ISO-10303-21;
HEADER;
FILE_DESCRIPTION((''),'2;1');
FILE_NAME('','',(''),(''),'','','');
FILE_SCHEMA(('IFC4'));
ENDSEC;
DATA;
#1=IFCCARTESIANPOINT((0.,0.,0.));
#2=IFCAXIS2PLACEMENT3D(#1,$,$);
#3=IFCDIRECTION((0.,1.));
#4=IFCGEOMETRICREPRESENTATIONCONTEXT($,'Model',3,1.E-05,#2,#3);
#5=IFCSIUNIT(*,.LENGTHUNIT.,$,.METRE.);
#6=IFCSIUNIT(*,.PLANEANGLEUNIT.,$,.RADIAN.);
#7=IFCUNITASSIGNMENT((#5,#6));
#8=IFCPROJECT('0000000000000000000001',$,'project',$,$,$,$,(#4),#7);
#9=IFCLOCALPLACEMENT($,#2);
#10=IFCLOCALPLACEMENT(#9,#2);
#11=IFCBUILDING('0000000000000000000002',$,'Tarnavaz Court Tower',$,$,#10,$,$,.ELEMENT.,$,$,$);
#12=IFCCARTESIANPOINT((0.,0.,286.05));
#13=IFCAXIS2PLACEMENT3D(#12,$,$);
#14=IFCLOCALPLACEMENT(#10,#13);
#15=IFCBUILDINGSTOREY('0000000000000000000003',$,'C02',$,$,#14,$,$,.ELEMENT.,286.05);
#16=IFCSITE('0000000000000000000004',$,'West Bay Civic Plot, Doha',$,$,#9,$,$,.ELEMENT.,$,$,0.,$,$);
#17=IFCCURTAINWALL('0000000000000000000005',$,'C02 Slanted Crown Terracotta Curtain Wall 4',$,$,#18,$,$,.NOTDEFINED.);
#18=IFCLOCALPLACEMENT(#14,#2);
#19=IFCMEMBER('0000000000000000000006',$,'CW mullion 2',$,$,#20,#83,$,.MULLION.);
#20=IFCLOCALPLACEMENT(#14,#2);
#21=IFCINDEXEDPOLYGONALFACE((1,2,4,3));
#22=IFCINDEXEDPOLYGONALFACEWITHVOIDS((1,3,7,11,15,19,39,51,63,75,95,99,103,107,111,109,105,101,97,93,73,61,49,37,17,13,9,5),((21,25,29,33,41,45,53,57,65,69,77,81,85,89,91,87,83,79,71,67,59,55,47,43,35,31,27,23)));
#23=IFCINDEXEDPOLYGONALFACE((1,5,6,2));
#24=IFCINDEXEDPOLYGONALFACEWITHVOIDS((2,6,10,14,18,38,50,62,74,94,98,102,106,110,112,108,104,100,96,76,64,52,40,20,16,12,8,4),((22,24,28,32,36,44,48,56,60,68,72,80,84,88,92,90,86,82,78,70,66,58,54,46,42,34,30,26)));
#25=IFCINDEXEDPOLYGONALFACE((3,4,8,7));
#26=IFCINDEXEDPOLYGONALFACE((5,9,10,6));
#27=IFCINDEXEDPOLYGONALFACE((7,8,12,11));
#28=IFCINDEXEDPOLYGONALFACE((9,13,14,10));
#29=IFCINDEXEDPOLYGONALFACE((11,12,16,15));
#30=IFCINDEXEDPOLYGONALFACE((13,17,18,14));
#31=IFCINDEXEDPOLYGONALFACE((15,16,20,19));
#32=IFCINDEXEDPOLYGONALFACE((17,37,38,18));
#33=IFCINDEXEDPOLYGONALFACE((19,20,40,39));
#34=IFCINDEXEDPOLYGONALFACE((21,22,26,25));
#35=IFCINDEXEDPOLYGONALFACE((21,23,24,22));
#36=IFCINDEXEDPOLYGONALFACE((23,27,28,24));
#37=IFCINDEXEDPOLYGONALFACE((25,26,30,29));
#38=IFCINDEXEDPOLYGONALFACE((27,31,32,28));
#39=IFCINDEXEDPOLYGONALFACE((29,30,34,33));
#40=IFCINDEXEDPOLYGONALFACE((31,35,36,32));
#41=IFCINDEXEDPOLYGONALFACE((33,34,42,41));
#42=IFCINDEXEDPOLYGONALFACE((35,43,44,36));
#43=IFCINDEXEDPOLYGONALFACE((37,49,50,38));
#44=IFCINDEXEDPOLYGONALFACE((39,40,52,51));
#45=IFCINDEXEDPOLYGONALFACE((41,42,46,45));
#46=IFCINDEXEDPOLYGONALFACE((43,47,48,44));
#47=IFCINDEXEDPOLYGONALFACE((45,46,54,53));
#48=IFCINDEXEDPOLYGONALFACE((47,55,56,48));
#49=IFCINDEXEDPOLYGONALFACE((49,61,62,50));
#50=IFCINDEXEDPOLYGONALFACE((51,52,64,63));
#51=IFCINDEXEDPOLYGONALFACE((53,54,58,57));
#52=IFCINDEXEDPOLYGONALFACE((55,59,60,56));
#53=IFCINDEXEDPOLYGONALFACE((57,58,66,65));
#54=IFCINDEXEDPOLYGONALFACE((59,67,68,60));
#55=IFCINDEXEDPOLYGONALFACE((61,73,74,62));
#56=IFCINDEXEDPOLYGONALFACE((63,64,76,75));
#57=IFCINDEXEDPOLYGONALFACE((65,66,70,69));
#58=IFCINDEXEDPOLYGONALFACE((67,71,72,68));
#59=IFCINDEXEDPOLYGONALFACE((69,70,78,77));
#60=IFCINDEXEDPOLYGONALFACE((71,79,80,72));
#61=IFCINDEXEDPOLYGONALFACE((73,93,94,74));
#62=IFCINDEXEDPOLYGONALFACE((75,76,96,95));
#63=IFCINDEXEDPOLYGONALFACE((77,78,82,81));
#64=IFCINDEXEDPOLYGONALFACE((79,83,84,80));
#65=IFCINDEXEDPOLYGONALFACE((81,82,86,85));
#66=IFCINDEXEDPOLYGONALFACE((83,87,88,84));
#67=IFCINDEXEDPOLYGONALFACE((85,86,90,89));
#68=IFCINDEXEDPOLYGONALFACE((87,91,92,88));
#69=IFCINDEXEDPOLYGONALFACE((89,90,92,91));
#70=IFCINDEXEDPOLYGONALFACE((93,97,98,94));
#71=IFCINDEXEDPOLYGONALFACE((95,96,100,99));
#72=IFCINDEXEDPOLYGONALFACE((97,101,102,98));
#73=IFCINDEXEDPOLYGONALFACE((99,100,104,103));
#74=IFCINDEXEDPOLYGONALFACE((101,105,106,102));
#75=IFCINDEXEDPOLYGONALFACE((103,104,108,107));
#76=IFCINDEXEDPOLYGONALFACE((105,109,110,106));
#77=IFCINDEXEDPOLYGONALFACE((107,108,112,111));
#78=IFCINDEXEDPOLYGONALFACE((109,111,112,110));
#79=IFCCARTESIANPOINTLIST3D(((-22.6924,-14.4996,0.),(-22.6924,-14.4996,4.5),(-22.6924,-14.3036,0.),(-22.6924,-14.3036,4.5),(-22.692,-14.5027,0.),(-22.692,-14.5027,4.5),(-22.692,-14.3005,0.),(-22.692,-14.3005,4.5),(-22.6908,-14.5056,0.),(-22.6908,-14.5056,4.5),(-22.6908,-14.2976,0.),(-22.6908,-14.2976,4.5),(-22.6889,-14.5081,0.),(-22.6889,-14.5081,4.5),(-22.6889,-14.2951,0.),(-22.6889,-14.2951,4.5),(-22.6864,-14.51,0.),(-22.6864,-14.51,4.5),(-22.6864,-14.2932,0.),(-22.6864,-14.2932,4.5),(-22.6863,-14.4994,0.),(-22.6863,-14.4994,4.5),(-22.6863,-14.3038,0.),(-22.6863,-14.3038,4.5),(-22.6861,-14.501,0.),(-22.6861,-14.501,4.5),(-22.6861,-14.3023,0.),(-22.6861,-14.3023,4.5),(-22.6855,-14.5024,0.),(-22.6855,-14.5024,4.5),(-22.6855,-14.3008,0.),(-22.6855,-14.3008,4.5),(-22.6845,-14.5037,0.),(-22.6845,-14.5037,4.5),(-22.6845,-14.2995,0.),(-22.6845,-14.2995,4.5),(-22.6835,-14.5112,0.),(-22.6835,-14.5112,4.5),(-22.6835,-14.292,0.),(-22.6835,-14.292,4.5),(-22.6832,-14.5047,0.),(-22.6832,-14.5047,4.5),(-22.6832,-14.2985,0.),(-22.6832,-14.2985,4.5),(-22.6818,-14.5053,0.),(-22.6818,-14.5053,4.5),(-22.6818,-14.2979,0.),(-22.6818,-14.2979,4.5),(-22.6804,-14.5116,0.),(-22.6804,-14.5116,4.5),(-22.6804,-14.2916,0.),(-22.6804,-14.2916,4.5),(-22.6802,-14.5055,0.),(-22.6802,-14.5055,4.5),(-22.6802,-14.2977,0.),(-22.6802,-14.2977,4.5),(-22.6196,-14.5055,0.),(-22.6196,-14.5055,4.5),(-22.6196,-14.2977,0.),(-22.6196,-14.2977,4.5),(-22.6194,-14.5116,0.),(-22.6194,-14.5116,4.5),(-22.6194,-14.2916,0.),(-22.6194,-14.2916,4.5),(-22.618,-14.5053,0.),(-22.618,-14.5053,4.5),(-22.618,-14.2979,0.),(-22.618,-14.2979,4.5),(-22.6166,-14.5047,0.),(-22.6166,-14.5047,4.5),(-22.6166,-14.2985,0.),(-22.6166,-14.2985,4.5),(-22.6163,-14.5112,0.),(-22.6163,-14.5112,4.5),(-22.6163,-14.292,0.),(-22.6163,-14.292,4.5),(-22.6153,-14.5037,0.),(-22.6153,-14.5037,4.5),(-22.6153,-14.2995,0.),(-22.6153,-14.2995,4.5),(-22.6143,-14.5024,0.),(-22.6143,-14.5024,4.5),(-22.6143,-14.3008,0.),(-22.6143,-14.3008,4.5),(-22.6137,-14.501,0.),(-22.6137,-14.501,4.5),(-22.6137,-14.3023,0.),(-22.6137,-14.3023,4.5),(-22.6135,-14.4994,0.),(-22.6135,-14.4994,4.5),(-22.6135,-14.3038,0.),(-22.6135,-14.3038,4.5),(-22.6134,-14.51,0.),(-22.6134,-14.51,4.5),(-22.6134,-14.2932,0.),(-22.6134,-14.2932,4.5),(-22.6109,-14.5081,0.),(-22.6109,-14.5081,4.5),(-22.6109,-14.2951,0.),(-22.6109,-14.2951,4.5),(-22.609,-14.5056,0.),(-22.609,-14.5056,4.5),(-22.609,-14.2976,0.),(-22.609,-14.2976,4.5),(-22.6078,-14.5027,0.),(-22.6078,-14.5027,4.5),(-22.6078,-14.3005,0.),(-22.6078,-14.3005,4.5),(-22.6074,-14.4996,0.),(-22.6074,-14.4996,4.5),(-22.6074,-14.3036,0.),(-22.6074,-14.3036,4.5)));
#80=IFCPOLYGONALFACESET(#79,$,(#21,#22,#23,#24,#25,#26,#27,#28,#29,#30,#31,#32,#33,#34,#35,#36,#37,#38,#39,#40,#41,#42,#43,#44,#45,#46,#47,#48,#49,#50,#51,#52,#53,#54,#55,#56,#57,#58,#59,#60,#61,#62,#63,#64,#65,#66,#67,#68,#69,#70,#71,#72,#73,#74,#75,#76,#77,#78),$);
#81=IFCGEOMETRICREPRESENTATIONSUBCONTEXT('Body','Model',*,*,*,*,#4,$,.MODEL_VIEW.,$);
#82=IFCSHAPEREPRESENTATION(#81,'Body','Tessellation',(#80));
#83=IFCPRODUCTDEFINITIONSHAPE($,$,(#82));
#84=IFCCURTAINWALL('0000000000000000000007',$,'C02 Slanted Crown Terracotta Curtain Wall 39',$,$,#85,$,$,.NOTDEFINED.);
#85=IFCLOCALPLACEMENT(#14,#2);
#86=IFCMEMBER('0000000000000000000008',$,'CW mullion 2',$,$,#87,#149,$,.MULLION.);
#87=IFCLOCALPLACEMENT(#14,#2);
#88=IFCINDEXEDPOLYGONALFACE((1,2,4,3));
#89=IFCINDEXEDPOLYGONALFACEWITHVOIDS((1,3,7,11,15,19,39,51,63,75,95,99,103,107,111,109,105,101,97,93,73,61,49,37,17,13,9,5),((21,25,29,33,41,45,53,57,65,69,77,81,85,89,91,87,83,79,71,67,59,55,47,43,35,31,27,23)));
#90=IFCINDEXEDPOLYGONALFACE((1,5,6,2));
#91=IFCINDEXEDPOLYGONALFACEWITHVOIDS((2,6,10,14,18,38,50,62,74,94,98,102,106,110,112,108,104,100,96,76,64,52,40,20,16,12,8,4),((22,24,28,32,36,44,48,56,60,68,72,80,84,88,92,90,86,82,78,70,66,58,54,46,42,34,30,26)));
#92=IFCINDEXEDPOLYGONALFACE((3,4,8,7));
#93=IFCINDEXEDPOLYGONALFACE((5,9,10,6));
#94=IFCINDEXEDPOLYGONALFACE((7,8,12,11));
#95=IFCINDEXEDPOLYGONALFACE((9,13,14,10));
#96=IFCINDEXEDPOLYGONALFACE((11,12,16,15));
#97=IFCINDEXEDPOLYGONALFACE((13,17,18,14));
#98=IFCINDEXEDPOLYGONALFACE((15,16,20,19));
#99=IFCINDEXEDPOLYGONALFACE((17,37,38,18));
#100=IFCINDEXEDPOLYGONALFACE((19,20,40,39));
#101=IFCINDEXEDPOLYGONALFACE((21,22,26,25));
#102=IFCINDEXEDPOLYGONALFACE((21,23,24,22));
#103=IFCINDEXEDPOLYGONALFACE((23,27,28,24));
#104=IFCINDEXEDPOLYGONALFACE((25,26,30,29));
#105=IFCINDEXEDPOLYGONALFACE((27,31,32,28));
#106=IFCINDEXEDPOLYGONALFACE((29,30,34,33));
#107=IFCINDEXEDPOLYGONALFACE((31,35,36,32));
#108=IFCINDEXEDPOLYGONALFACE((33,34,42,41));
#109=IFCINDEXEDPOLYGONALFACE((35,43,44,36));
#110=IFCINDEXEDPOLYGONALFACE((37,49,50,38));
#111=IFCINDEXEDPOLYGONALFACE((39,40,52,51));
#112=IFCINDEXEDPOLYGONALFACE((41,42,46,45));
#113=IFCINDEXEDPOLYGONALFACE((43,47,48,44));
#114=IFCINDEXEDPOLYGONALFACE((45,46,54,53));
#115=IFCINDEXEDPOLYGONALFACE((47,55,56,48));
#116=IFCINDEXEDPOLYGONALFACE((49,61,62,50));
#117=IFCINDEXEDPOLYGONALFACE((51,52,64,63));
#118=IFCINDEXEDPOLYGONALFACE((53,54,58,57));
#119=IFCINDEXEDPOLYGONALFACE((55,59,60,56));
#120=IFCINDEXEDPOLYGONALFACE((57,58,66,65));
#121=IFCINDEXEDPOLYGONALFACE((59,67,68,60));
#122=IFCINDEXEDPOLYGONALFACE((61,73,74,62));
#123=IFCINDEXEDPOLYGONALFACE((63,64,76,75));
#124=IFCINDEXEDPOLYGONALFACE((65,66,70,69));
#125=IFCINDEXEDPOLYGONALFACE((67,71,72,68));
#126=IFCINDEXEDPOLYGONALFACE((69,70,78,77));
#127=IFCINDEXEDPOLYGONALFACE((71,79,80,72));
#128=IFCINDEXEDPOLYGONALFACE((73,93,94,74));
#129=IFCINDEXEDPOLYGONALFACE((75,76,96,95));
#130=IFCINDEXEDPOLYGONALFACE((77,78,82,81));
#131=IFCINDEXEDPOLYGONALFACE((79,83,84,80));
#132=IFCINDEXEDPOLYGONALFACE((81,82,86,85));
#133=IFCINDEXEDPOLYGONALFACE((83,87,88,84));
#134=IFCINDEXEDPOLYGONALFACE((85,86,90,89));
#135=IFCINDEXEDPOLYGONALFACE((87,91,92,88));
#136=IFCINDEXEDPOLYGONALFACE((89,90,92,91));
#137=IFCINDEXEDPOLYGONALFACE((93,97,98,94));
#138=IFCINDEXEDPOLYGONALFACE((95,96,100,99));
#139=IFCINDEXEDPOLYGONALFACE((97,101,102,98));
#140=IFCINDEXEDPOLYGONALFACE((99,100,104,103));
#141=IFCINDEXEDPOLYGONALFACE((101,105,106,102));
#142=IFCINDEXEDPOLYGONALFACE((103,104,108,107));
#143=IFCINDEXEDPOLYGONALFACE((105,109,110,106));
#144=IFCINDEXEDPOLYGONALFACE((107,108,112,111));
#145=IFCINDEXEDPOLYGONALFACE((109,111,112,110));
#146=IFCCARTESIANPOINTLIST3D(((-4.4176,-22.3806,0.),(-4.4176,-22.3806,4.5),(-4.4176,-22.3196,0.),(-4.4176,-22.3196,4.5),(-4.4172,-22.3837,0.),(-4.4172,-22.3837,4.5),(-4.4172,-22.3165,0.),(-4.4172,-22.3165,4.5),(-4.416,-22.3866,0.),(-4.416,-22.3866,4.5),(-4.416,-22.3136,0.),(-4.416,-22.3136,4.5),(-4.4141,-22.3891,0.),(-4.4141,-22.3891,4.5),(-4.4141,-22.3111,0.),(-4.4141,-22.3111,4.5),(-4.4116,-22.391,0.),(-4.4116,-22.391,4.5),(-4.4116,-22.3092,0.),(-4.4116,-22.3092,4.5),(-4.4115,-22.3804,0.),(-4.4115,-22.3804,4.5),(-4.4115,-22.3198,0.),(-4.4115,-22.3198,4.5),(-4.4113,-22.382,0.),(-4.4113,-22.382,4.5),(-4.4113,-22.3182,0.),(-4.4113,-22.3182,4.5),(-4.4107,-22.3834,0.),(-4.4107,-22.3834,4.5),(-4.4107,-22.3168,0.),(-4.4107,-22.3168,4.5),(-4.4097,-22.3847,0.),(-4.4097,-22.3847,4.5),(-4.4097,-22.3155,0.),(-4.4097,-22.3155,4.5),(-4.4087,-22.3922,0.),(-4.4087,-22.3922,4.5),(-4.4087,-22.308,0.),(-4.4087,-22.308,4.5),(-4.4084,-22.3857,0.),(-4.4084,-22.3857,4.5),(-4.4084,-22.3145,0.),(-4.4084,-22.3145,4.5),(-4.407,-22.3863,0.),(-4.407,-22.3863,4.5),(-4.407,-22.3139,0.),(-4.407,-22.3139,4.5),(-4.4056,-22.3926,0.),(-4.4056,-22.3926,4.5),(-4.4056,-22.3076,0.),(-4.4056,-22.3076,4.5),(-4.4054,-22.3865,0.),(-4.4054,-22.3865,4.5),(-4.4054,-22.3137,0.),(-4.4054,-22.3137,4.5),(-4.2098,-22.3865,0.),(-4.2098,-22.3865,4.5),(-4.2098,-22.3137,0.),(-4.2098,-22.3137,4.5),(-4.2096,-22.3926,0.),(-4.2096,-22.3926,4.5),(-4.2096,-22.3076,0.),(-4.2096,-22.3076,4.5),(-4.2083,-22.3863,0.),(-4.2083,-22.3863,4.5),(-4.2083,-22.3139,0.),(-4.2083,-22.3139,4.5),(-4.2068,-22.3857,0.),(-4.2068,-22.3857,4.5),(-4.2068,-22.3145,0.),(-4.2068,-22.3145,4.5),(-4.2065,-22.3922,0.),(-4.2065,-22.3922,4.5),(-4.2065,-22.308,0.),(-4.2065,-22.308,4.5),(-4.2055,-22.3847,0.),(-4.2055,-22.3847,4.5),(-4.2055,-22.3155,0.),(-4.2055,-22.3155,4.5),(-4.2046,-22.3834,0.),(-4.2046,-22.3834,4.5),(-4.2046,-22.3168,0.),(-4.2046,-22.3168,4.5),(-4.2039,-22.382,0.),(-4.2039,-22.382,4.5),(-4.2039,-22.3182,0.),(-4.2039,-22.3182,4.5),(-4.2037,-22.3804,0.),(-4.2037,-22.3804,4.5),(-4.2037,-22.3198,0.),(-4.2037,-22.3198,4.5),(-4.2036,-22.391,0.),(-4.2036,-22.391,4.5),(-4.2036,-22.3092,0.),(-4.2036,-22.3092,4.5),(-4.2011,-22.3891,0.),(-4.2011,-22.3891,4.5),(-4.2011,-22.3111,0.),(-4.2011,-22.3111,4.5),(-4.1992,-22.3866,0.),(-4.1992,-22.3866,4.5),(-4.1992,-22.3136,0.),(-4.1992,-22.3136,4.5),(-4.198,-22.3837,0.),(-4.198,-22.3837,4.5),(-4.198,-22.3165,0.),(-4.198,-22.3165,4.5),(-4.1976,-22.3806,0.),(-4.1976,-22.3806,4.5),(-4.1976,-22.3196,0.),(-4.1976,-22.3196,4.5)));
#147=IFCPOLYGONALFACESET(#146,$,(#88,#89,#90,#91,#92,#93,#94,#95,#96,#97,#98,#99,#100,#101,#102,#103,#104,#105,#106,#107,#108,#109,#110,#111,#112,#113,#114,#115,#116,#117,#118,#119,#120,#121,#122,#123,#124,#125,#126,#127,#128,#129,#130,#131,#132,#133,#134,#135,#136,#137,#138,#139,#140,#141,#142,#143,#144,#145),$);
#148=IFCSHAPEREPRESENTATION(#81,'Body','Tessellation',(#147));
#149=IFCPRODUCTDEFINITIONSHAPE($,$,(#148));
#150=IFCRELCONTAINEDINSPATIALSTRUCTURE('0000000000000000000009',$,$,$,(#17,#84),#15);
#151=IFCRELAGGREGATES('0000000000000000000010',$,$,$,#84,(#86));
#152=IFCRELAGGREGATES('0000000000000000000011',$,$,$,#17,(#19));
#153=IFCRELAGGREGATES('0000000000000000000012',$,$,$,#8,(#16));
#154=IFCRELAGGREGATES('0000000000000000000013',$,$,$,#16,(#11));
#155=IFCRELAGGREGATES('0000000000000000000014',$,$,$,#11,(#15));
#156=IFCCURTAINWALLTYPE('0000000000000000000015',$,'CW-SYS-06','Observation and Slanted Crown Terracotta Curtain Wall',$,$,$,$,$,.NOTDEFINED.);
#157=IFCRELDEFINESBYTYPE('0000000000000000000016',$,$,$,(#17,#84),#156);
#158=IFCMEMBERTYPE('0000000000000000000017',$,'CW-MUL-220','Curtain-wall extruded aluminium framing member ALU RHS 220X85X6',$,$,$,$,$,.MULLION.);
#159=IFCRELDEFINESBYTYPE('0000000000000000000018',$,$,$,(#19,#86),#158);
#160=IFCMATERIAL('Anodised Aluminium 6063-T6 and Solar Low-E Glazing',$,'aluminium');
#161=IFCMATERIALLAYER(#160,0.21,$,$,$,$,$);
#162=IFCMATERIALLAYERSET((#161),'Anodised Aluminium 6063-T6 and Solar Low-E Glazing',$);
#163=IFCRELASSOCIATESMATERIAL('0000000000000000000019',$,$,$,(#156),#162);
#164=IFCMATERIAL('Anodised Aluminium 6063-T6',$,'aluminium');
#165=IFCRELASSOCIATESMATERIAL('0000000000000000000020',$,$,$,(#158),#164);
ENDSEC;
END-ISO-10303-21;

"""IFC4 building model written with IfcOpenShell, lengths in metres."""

from ifc_helpers import new_model, si_unit, direction, frame, origin, origin_2d, place, context, subcontext, project, spatial, hollow_rectangle, extrude, material, layer, layer_set, material_profile, profile_set, type_object, element, aggregate, save


model = new_model("IFC4")

# Units and contexts
model_context = context("Model", 3, precision=1e-05, world=origin(), true_north=direction((0.0, 1.0)))
body_context = subcontext(model_context, "Body", "Model", "MODEL_VIEW")
ifc_project = project(units=[si_unit("LENGTHUNIT", "METRE"), si_unit("PLANEANGLEUNIT", "RADIAN")], contexts=[model_context])

# Site, building, storey
site_placement = place(None, origin())
site = spatial("IfcSite", under=ifc_project, at=site_placement, Name="West Bay Civic Plot, Doha", CompositionType="ELEMENT", RefElevation=0.0)
building_placement = place(site_placement, origin())
building = spatial("IfcBuilding", under=site, at=building_placement, Name="Tarnavaz Court Tower", CompositionType="ELEMENT")
storey_placement = place(building_placement, frame((0.0, 0.0, 286.05)))
storey = spatial("IfcBuildingStorey", under=building, at=storey_placement, Name="C02", CompositionType="ELEMENT", Elevation=286.05)

# Curtain wall, member
ifc_material_1 = material(Name="Anodised Aluminium 6063-T6 and Solar Low-E Glazing", Category="aluminium")
ifc_layer_1 = layer(ifc_material_1, 0.21)
ifc_layer_set_1 = layer_set([ifc_layer_1], Name="Anodised Aluminium 6063-T6 and Solar Low-E Glazing")
curtain_wall_type = type_object("IfcCurtainWallType", Name="CW-SYS-06", Description="Observation and Slanted Crown Terracotta Curtain Wall", PredefinedType="NOTDEFINED", material=ifc_layer_set_1)
ifc_material_2 = material(Name="Anodised Aluminium 6063-T6", Category="aluminium")
ifc_material_profile_1 = material_profile(ifc_material_2, hollow_rectangle(XDim=0.085, YDim=0.22, WallThickness=0.0061, InnerFilletRadius=0.0061, OuterFilletRadius=0.012, at=origin_2d()), Name="ALU RHS 220X85X6")
ifc_profile_set_1 = profile_set([ifc_material_profile_1], Name="Anodised Aluminium 6063-T6")
member_type_1 = type_object("IfcMemberType", Name="CW-MUL-220", Description="Curtain-wall extruded aluminium framing member ALU RHS 220X85X6", PredefinedType="MULLION", material=ifc_profile_set_1)
curtain_wall_1_placement = place(storey_placement, origin())
curtain_wall_1 = element("IfcCurtainWall", 1, at=curtain_wall_1_placement, inside=storey, type_object=curtain_wall_type, Name="C02 Slanted Crown Terracotta Curtain Wall 4", PredefinedType="NOTDEFINED")
member_1_placement = place(storey_placement, frame((-22.6499, -14.4016, 0.0), z_axis=(0.0, 0.0, 1.0), x_axis=(-1.0, 0.0, 0.0)))
member_1 = element("IfcMember", 2, at=member_1_placement, type_object=member_type_1, Name="CW mullion 2", PredefinedType="MULLION", context=body_context, shape_type="SweptSolid", body=[
    extrude(hollow_rectangle(XDim=0.085, YDim=0.22, WallThickness=0.0061, InnerFilletRadius=0.0061, OuterFilletRadius=0.012, at=origin_2d()), origin(), (0.0, 0.0, 1.0), 4.5),
])

# Curtain wall, member
curtain_wall_2_placement = place(storey_placement, origin())
curtain_wall_2 = element("IfcCurtainWall", 3, at=curtain_wall_2_placement, inside=storey, type_object=curtain_wall_type, Name="C02 Slanted Crown Terracotta Curtain Wall 39", PredefinedType="NOTDEFINED")
member_2_placement = place(storey_placement, frame((-4.3076, -22.3501, 0.0), z_axis=(0.0, 0.0, 1.0), x_axis=(0.0, -1.0, 0.0)))
member_2 = element("IfcMember", 4, at=member_2_placement, type_object=member_type_1, Name="CW mullion 2", PredefinedType="MULLION", context=body_context, shape_type="SweptSolid", body=[
    extrude(hollow_rectangle(XDim=0.085, YDim=0.22, WallThickness=0.0061, InnerFilletRadius=0.0061, OuterFilletRadius=0.012, at=origin_2d()), origin(), (0.0, 0.0, 1.0), 4.5),
])
aggregate(curtain_wall_2, [member_2])

aggregate(curtain_wall_1, [member_1])

save(model, "model.ifc")
